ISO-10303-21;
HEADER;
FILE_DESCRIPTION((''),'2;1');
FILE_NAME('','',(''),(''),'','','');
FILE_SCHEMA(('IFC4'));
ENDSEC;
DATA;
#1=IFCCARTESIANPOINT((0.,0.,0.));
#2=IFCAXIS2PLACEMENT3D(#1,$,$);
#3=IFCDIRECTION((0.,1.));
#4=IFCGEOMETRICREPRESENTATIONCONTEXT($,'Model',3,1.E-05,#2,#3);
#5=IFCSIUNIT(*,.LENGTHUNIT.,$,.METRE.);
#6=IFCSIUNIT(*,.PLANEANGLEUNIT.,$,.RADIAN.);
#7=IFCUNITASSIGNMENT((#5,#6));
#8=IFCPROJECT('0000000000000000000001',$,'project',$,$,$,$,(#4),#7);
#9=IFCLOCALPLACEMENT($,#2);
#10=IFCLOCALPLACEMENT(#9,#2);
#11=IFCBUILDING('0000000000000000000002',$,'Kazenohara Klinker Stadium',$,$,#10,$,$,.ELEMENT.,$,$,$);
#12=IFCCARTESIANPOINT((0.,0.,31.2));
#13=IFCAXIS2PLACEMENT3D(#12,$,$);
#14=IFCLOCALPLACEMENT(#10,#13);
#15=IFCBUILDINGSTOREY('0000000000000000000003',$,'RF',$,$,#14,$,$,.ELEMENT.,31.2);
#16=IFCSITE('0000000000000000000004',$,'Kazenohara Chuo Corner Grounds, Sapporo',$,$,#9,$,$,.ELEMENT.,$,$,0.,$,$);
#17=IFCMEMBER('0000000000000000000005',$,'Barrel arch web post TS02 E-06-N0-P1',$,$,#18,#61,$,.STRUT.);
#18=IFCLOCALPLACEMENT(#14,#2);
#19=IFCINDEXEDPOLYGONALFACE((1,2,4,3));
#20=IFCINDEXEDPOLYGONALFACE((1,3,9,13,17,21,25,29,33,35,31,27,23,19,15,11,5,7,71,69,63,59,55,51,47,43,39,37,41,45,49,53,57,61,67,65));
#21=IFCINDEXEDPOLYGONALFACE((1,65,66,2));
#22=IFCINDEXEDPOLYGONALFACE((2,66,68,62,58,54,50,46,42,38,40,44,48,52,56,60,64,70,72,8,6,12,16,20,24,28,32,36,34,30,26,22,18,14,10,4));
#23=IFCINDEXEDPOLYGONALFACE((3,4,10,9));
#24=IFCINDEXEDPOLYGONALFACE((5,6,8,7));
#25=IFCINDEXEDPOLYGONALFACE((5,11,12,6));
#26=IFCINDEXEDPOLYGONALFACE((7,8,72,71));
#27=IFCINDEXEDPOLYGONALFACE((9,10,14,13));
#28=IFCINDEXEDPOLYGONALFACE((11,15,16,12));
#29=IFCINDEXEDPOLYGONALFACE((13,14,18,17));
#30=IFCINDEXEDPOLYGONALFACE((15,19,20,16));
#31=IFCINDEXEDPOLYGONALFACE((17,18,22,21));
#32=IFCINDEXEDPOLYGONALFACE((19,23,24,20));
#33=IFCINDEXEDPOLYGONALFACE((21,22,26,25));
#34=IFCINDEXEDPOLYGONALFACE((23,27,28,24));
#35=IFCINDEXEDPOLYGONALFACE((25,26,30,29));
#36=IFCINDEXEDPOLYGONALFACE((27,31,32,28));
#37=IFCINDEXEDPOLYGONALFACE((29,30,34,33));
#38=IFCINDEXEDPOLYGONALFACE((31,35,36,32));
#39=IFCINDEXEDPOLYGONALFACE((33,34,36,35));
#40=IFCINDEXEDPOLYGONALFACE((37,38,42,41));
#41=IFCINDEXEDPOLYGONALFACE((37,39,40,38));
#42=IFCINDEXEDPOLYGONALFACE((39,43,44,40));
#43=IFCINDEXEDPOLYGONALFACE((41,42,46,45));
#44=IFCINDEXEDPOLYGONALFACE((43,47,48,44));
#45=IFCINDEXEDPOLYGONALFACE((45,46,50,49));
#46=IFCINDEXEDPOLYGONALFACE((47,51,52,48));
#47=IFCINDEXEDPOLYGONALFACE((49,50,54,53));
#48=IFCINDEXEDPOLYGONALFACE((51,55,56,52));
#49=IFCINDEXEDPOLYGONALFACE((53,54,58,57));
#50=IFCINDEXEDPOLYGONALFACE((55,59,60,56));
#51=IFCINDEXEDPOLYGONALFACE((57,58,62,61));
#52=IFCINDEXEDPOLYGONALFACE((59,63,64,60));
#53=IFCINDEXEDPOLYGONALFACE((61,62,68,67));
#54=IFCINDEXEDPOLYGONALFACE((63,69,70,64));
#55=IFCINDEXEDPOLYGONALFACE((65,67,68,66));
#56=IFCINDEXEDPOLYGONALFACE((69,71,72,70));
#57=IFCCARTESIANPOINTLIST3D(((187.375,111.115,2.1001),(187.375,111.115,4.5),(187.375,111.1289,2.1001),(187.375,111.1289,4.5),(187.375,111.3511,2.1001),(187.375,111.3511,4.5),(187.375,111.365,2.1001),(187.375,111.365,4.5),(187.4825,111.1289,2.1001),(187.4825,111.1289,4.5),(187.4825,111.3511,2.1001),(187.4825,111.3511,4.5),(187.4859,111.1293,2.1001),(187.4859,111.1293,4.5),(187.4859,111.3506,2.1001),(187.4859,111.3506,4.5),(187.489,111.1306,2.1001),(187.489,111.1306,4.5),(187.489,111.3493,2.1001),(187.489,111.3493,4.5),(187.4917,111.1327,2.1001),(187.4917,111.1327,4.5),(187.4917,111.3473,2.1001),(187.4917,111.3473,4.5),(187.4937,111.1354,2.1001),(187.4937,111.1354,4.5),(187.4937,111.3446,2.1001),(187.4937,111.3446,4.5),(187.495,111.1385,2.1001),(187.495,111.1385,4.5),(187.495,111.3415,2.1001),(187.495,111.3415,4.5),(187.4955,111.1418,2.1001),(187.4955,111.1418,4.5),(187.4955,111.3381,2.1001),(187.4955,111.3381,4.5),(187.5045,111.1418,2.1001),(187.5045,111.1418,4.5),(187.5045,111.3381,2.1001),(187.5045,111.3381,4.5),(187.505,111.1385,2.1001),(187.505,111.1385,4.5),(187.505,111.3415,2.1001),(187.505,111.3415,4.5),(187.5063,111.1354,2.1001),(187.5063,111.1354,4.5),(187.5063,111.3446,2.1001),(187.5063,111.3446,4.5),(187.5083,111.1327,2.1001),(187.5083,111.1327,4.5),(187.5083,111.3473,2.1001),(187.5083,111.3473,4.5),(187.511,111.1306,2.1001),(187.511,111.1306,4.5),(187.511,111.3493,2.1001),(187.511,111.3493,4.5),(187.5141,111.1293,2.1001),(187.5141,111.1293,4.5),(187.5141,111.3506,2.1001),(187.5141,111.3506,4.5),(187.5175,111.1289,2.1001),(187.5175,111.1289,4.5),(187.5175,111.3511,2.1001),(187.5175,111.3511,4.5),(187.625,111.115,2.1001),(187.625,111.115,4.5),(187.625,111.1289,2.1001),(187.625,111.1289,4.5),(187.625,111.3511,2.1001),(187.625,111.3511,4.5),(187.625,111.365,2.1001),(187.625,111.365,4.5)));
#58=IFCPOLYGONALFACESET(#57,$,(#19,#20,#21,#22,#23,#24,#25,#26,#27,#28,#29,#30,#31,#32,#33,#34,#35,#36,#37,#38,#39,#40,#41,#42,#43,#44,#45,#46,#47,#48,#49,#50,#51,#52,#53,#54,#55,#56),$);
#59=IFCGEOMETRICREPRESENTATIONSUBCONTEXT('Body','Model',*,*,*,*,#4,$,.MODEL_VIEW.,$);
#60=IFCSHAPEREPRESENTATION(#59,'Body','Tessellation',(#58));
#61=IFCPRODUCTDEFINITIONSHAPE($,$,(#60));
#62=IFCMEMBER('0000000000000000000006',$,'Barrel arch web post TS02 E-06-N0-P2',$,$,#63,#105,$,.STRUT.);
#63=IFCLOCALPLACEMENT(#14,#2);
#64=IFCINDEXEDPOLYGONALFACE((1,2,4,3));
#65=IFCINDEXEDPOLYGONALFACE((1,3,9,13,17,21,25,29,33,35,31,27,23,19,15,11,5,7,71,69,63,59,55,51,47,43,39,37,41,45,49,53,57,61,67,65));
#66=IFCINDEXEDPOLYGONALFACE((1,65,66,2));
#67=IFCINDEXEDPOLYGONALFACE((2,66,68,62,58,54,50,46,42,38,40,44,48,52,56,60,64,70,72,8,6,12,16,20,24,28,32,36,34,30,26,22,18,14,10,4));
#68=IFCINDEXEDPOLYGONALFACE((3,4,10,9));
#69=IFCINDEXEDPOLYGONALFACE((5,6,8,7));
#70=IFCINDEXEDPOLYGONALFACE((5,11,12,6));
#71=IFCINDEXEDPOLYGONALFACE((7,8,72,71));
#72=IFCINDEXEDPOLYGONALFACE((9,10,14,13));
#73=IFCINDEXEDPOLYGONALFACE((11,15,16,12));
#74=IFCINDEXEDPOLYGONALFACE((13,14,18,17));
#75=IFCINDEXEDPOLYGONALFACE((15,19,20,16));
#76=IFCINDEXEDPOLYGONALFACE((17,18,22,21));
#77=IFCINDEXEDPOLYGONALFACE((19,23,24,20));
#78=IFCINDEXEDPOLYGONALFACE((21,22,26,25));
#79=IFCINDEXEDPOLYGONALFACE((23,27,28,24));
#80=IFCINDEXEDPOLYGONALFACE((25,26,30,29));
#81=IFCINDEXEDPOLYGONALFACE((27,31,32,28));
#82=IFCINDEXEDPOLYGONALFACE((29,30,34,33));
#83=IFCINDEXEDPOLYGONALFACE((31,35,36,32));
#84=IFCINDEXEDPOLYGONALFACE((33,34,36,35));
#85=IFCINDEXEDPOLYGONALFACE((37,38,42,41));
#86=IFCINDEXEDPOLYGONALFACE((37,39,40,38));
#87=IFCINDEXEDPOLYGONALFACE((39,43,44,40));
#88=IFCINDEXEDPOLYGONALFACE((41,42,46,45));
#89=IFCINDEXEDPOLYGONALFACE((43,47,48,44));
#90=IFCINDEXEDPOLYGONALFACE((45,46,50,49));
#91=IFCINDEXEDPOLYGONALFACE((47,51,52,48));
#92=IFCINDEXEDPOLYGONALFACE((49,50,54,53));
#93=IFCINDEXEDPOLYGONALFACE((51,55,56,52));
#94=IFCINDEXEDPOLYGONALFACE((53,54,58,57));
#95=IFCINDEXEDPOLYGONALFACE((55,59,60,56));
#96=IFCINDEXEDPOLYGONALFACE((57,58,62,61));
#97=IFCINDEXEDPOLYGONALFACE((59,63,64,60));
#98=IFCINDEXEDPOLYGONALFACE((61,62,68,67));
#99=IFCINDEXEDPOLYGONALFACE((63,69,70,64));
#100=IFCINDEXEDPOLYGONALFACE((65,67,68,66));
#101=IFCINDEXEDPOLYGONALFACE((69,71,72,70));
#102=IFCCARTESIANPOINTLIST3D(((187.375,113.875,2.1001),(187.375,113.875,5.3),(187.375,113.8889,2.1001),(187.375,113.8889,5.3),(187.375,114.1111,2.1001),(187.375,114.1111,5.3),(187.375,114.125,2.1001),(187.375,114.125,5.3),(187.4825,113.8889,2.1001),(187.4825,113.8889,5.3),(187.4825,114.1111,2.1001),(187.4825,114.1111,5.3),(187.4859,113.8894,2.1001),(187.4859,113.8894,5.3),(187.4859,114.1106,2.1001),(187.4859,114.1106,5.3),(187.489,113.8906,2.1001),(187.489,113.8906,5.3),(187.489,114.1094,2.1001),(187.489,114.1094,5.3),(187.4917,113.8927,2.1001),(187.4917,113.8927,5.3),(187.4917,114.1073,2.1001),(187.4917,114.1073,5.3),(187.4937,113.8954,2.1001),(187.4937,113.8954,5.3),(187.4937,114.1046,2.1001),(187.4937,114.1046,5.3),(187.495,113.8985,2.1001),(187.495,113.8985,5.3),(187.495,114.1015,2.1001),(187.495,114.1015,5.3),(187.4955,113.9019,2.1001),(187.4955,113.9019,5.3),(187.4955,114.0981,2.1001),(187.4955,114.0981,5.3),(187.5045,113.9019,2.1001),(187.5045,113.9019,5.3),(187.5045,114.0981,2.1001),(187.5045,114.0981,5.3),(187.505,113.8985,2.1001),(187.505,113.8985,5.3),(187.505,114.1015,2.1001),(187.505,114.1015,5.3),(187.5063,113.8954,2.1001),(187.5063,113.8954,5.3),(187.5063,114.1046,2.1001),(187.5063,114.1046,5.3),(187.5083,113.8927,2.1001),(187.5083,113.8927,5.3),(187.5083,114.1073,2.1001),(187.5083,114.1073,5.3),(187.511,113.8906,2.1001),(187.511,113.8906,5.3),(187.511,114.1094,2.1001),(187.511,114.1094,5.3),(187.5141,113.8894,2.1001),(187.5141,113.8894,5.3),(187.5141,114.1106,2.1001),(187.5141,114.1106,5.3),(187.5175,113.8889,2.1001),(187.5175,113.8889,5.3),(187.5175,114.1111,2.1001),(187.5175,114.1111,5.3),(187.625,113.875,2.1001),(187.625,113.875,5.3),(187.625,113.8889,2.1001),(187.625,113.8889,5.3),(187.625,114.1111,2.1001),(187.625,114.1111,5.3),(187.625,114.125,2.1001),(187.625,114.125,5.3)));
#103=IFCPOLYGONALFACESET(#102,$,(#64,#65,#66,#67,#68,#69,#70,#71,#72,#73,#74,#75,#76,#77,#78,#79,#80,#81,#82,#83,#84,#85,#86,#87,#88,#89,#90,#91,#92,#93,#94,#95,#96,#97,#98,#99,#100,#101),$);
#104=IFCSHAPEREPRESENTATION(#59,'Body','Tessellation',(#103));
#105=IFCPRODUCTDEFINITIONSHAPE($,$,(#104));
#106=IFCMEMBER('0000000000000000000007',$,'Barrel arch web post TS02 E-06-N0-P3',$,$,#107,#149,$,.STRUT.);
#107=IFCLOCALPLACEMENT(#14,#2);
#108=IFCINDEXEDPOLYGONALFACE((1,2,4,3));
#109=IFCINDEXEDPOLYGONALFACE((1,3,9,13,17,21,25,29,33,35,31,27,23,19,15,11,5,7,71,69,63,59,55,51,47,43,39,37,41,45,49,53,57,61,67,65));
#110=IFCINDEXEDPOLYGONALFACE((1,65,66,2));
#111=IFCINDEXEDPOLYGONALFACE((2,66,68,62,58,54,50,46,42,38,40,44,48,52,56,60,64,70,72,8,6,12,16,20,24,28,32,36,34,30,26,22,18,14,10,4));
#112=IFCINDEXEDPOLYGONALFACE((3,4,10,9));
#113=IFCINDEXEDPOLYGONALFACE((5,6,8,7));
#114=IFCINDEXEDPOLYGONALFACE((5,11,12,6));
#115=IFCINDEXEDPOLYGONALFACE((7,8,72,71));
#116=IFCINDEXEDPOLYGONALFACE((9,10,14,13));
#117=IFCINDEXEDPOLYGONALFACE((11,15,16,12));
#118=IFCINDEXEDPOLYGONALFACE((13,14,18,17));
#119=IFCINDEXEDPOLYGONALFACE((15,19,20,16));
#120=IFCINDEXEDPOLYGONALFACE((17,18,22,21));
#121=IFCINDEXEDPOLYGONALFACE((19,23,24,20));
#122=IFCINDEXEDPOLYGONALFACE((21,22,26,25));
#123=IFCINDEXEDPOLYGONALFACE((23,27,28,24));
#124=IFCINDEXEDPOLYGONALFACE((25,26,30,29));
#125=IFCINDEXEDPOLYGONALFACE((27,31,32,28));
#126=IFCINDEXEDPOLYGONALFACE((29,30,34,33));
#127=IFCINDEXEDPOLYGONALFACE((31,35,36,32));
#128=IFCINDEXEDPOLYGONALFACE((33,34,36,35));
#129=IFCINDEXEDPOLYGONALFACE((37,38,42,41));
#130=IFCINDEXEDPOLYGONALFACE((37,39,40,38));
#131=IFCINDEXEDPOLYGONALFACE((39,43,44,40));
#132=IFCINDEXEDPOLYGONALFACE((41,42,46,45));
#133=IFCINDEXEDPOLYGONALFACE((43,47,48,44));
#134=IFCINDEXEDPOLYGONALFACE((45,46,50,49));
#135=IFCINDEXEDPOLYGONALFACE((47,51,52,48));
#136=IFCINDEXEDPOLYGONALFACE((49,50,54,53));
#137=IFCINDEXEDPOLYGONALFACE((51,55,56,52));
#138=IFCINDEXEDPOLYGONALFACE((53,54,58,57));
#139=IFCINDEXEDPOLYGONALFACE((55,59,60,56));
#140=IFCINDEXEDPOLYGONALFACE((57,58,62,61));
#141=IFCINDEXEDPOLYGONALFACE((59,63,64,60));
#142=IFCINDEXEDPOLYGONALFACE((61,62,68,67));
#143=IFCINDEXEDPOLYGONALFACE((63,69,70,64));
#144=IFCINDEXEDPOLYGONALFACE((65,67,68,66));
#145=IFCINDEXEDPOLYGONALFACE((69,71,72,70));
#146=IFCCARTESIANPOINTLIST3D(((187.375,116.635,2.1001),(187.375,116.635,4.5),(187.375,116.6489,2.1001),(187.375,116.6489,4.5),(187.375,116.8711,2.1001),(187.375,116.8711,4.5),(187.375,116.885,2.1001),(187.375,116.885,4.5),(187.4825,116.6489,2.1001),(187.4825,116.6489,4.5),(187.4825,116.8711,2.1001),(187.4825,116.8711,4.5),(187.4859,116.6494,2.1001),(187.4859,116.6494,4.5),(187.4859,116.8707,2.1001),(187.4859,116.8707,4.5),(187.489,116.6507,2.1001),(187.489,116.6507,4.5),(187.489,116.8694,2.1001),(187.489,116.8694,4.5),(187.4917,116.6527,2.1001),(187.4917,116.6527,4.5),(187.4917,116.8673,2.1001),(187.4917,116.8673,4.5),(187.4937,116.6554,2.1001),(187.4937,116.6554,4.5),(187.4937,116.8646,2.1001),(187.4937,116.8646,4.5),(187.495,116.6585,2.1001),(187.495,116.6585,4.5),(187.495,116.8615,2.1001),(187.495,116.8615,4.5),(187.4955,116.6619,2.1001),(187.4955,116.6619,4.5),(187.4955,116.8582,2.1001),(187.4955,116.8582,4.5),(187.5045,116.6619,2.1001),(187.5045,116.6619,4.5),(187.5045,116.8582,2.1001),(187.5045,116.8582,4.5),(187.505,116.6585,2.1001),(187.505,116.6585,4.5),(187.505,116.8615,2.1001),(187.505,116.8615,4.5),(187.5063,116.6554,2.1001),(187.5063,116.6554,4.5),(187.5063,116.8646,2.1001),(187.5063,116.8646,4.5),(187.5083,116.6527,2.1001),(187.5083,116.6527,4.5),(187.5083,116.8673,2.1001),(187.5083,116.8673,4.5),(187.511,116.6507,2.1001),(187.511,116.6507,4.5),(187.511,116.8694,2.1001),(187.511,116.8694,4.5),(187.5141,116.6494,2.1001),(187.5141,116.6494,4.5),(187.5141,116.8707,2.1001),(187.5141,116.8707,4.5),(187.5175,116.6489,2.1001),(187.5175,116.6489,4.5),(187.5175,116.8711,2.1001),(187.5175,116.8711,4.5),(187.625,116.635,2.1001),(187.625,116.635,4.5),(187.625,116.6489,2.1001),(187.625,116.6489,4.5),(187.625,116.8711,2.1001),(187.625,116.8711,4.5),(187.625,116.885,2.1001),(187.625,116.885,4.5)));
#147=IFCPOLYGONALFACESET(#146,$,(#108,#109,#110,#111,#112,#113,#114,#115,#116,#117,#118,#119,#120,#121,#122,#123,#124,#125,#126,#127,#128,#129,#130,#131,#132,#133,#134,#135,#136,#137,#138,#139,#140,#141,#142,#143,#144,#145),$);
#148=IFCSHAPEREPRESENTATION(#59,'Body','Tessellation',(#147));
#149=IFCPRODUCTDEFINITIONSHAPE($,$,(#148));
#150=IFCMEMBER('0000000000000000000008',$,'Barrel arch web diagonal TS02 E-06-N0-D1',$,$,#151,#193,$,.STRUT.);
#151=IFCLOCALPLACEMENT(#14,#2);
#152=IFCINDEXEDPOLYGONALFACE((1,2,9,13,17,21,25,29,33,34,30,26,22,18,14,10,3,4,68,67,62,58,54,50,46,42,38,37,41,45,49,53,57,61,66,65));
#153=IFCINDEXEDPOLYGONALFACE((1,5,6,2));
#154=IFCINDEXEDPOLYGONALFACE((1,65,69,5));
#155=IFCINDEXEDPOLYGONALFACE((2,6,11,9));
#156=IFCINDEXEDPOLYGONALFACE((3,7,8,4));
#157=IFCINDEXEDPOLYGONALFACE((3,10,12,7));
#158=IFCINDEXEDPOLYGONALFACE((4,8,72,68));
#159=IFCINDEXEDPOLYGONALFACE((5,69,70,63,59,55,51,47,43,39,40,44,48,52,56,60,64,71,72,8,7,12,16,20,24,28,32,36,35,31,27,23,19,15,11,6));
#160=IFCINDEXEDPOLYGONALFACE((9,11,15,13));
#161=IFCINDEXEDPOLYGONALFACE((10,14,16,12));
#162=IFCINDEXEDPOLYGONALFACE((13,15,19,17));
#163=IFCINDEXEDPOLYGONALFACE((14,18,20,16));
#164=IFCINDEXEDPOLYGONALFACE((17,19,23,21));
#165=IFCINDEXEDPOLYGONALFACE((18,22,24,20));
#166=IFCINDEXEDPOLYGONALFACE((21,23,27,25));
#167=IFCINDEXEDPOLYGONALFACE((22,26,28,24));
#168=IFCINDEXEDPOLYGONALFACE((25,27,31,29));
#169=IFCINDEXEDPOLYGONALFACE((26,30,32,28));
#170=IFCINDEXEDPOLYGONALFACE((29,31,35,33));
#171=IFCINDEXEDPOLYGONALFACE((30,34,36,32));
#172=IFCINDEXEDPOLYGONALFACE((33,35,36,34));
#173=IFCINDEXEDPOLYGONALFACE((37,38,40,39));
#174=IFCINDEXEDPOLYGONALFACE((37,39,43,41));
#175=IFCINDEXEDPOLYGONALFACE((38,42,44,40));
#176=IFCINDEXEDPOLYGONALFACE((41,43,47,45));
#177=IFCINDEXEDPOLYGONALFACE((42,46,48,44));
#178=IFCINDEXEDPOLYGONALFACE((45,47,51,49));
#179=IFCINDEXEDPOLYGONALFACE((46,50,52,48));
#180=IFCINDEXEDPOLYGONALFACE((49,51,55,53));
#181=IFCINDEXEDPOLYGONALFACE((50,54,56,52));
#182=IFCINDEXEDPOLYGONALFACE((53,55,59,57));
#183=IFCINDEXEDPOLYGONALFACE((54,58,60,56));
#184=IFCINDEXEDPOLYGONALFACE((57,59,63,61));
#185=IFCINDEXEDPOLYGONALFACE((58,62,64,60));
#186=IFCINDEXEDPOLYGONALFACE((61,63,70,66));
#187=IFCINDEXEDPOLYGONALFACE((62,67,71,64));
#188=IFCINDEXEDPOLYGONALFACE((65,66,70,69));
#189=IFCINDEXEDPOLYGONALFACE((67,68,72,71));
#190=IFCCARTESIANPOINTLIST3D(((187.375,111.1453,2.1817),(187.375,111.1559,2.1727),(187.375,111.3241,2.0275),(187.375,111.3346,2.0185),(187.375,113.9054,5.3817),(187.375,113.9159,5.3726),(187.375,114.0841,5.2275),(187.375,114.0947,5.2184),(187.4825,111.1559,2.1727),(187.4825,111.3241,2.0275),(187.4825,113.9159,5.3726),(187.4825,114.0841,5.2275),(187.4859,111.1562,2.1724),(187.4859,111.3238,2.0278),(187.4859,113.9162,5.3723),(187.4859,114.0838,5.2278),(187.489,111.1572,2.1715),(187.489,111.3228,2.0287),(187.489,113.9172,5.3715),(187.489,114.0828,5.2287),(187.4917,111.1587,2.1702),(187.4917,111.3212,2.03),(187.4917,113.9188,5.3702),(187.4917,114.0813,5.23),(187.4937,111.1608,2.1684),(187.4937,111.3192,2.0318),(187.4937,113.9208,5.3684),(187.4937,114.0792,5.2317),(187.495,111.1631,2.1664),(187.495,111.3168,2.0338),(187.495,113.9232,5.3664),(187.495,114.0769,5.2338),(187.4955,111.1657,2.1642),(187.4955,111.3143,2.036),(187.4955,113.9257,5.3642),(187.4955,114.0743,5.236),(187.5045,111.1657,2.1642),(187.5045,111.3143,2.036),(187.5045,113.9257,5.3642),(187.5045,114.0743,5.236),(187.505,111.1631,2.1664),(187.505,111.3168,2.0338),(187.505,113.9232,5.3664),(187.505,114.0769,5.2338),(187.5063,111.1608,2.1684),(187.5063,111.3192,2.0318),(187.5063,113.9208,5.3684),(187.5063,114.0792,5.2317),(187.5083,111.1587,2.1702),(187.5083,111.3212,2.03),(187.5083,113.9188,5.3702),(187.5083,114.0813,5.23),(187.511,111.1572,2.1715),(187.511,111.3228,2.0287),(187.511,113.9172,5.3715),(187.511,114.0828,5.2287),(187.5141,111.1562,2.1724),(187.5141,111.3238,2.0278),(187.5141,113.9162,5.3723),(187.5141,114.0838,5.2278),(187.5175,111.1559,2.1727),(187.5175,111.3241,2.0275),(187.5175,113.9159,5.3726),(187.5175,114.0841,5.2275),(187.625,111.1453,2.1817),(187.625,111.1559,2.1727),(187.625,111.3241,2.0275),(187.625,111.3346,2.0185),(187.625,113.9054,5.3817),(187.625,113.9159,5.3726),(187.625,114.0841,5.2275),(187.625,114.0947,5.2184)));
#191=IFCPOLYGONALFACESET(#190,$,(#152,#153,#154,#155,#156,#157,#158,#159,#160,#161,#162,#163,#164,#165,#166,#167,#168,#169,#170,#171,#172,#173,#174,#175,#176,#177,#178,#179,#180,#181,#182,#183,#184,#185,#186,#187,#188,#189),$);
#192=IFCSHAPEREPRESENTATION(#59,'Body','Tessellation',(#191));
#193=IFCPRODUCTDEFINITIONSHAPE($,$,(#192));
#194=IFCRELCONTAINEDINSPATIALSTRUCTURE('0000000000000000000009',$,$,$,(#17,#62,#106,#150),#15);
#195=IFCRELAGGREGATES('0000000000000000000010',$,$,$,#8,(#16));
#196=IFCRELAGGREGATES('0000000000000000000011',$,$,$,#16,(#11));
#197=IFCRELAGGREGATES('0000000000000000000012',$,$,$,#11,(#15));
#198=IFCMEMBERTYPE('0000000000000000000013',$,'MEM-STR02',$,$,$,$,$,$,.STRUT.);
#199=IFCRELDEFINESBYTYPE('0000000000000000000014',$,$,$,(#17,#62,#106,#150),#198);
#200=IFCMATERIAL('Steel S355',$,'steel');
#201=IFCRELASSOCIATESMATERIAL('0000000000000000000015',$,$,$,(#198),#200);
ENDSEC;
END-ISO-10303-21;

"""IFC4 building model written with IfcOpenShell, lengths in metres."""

from ifc_helpers import new_model, si_unit, direction, frame, origin, origin_2d, place, context, subcontext, project, spatial, i_section, extrude, material, material_profile, profile_set, type_object, element, save


model = new_model("IFC4")

# Units and contexts
model_context = context("Model", 3, precision=1e-05, world=origin(), true_north=direction((0.0, 1.0)))
body_context = subcontext(model_context, "Body", "Model", "MODEL_VIEW")
ifc_project = project(units=[si_unit("LENGTHUNIT", "METRE"), si_unit("PLANEANGLEUNIT", "RADIAN")], contexts=[model_context])

# Site, building, storey
site_placement = place(None, origin())
site = spatial("IfcSite", under=ifc_project, at=site_placement, Name="Kazenohara Chuo Corner Grounds, Sapporo", CompositionType="ELEMENT", RefElevation=0.0)
building_placement = place(site_placement, origin())
building = spatial("IfcBuilding", under=site, at=building_placement, Name="Kazenohara Klinker Stadium", CompositionType="ELEMENT")
storey_placement = place(building_placement, frame((0.0, 0.0, 31.2)))
storey = spatial("IfcBuildingStorey", under=building, at=storey_placement, Name="RF", CompositionType="ELEMENT", Elevation=31.2)

# Members
ifc_material_1 = material(Name="Steel S355", Category="steel")
ifc_material_profile_1 = material_profile(ifc_material_1, i_section(OverallWidth=0.25, OverallDepth=0.25, WebThickness=0.009, FlangeThickness=0.0139, FilletRadius=0.0129, at=origin_2d()), Name="H-250x250x9x14")
ifc_profile_set_1 = profile_set([ifc_material_profile_1], Name="Steel S355")
member_type_1 = type_object("IfcMemberType", Name="MEM-STR02", PredefinedType="STRUT", material=ifc_profile_set_1)
member_1_placement = place(storey_placement, frame((187.5, 111.24, 2.1001), z_axis=(0.0, 0.0, 1.0), x_axis=(1.0, 0.0, 0.0)))
element("IfcMember", 1, at=member_1_placement, inside=storey, type_object=member_type_1, Name="Barrel arch web post TS02 E-06-N0-P1", PredefinedType="STRUT", context=body_context, shape_type="SweptSolid", body=[
    extrude(i_section(OverallWidth=0.25, OverallDepth=0.25, WebThickness=0.009, FlangeThickness=0.0139, FilletRadius=0.0129, at=origin_2d()), origin(), (0.0, 0.0, 1.0), 2.3999),
])
member_2_placement = place(storey_placement, frame((187.5, 114.0, 2.1001), z_axis=(0.0, 0.0, 1.0), x_axis=(1.0, 0.0, 0.0)))
element("IfcMember", 2, at=member_2_placement, inside=storey, type_object=member_type_1, Name="Barrel arch web post TS02 E-06-N0-P2", PredefinedType="STRUT", context=body_context, shape_type="SweptSolid", body=[
    extrude(i_section(OverallWidth=0.25, OverallDepth=0.25, WebThickness=0.009, FlangeThickness=0.0139, FilletRadius=0.0129, at=origin_2d()), origin(), (0.0, 0.0, 1.0), 3.2),
])
member_3_placement = place(storey_placement, frame((187.5, 116.76, 2.1001), z_axis=(0.0, 0.0, 1.0), x_axis=(1.0, 0.0, 0.0)))
element("IfcMember", 3, at=member_3_placement, inside=storey, type_object=member_type_1, Name="Barrel arch web post TS02 E-06-N0-P3", PredefinedType="STRUT", context=body_context, shape_type="SweptSolid", body=[
    extrude(i_section(OverallWidth=0.25, OverallDepth=0.25, WebThickness=0.009, FlangeThickness=0.0139, FilletRadius=0.0129, at=origin_2d()), origin(), (0.0, 0.0, 1.0), 2.3999),
])
for number, where, z_axis, x_axis, name in (
    (4, (187.5, 111.24, 2.1001), (0.0, 0.653134, 0.757242), (-1.0, 0.0, 0.0), "Barrel arch web diagonal TS02 E-06-N0-D1"),
):
    element("IfcMember", number, at=place(storey_placement, frame(where, z_axis=z_axis, x_axis=x_axis)), inside=storey, type_object=member_type_1, Name=name, PredefinedType="STRUT", context=body_context, shape_type="SweptSolid", body=[
        extrude(i_section(OverallWidth=0.25, OverallDepth=0.25, WebThickness=0.009, FlangeThickness=0.0139, FilletRadius=0.0129, at=origin_2d()), origin(), (0.0, 0.0, 1.0), 4.2258),
    ])

save(model, "model.ifc")
